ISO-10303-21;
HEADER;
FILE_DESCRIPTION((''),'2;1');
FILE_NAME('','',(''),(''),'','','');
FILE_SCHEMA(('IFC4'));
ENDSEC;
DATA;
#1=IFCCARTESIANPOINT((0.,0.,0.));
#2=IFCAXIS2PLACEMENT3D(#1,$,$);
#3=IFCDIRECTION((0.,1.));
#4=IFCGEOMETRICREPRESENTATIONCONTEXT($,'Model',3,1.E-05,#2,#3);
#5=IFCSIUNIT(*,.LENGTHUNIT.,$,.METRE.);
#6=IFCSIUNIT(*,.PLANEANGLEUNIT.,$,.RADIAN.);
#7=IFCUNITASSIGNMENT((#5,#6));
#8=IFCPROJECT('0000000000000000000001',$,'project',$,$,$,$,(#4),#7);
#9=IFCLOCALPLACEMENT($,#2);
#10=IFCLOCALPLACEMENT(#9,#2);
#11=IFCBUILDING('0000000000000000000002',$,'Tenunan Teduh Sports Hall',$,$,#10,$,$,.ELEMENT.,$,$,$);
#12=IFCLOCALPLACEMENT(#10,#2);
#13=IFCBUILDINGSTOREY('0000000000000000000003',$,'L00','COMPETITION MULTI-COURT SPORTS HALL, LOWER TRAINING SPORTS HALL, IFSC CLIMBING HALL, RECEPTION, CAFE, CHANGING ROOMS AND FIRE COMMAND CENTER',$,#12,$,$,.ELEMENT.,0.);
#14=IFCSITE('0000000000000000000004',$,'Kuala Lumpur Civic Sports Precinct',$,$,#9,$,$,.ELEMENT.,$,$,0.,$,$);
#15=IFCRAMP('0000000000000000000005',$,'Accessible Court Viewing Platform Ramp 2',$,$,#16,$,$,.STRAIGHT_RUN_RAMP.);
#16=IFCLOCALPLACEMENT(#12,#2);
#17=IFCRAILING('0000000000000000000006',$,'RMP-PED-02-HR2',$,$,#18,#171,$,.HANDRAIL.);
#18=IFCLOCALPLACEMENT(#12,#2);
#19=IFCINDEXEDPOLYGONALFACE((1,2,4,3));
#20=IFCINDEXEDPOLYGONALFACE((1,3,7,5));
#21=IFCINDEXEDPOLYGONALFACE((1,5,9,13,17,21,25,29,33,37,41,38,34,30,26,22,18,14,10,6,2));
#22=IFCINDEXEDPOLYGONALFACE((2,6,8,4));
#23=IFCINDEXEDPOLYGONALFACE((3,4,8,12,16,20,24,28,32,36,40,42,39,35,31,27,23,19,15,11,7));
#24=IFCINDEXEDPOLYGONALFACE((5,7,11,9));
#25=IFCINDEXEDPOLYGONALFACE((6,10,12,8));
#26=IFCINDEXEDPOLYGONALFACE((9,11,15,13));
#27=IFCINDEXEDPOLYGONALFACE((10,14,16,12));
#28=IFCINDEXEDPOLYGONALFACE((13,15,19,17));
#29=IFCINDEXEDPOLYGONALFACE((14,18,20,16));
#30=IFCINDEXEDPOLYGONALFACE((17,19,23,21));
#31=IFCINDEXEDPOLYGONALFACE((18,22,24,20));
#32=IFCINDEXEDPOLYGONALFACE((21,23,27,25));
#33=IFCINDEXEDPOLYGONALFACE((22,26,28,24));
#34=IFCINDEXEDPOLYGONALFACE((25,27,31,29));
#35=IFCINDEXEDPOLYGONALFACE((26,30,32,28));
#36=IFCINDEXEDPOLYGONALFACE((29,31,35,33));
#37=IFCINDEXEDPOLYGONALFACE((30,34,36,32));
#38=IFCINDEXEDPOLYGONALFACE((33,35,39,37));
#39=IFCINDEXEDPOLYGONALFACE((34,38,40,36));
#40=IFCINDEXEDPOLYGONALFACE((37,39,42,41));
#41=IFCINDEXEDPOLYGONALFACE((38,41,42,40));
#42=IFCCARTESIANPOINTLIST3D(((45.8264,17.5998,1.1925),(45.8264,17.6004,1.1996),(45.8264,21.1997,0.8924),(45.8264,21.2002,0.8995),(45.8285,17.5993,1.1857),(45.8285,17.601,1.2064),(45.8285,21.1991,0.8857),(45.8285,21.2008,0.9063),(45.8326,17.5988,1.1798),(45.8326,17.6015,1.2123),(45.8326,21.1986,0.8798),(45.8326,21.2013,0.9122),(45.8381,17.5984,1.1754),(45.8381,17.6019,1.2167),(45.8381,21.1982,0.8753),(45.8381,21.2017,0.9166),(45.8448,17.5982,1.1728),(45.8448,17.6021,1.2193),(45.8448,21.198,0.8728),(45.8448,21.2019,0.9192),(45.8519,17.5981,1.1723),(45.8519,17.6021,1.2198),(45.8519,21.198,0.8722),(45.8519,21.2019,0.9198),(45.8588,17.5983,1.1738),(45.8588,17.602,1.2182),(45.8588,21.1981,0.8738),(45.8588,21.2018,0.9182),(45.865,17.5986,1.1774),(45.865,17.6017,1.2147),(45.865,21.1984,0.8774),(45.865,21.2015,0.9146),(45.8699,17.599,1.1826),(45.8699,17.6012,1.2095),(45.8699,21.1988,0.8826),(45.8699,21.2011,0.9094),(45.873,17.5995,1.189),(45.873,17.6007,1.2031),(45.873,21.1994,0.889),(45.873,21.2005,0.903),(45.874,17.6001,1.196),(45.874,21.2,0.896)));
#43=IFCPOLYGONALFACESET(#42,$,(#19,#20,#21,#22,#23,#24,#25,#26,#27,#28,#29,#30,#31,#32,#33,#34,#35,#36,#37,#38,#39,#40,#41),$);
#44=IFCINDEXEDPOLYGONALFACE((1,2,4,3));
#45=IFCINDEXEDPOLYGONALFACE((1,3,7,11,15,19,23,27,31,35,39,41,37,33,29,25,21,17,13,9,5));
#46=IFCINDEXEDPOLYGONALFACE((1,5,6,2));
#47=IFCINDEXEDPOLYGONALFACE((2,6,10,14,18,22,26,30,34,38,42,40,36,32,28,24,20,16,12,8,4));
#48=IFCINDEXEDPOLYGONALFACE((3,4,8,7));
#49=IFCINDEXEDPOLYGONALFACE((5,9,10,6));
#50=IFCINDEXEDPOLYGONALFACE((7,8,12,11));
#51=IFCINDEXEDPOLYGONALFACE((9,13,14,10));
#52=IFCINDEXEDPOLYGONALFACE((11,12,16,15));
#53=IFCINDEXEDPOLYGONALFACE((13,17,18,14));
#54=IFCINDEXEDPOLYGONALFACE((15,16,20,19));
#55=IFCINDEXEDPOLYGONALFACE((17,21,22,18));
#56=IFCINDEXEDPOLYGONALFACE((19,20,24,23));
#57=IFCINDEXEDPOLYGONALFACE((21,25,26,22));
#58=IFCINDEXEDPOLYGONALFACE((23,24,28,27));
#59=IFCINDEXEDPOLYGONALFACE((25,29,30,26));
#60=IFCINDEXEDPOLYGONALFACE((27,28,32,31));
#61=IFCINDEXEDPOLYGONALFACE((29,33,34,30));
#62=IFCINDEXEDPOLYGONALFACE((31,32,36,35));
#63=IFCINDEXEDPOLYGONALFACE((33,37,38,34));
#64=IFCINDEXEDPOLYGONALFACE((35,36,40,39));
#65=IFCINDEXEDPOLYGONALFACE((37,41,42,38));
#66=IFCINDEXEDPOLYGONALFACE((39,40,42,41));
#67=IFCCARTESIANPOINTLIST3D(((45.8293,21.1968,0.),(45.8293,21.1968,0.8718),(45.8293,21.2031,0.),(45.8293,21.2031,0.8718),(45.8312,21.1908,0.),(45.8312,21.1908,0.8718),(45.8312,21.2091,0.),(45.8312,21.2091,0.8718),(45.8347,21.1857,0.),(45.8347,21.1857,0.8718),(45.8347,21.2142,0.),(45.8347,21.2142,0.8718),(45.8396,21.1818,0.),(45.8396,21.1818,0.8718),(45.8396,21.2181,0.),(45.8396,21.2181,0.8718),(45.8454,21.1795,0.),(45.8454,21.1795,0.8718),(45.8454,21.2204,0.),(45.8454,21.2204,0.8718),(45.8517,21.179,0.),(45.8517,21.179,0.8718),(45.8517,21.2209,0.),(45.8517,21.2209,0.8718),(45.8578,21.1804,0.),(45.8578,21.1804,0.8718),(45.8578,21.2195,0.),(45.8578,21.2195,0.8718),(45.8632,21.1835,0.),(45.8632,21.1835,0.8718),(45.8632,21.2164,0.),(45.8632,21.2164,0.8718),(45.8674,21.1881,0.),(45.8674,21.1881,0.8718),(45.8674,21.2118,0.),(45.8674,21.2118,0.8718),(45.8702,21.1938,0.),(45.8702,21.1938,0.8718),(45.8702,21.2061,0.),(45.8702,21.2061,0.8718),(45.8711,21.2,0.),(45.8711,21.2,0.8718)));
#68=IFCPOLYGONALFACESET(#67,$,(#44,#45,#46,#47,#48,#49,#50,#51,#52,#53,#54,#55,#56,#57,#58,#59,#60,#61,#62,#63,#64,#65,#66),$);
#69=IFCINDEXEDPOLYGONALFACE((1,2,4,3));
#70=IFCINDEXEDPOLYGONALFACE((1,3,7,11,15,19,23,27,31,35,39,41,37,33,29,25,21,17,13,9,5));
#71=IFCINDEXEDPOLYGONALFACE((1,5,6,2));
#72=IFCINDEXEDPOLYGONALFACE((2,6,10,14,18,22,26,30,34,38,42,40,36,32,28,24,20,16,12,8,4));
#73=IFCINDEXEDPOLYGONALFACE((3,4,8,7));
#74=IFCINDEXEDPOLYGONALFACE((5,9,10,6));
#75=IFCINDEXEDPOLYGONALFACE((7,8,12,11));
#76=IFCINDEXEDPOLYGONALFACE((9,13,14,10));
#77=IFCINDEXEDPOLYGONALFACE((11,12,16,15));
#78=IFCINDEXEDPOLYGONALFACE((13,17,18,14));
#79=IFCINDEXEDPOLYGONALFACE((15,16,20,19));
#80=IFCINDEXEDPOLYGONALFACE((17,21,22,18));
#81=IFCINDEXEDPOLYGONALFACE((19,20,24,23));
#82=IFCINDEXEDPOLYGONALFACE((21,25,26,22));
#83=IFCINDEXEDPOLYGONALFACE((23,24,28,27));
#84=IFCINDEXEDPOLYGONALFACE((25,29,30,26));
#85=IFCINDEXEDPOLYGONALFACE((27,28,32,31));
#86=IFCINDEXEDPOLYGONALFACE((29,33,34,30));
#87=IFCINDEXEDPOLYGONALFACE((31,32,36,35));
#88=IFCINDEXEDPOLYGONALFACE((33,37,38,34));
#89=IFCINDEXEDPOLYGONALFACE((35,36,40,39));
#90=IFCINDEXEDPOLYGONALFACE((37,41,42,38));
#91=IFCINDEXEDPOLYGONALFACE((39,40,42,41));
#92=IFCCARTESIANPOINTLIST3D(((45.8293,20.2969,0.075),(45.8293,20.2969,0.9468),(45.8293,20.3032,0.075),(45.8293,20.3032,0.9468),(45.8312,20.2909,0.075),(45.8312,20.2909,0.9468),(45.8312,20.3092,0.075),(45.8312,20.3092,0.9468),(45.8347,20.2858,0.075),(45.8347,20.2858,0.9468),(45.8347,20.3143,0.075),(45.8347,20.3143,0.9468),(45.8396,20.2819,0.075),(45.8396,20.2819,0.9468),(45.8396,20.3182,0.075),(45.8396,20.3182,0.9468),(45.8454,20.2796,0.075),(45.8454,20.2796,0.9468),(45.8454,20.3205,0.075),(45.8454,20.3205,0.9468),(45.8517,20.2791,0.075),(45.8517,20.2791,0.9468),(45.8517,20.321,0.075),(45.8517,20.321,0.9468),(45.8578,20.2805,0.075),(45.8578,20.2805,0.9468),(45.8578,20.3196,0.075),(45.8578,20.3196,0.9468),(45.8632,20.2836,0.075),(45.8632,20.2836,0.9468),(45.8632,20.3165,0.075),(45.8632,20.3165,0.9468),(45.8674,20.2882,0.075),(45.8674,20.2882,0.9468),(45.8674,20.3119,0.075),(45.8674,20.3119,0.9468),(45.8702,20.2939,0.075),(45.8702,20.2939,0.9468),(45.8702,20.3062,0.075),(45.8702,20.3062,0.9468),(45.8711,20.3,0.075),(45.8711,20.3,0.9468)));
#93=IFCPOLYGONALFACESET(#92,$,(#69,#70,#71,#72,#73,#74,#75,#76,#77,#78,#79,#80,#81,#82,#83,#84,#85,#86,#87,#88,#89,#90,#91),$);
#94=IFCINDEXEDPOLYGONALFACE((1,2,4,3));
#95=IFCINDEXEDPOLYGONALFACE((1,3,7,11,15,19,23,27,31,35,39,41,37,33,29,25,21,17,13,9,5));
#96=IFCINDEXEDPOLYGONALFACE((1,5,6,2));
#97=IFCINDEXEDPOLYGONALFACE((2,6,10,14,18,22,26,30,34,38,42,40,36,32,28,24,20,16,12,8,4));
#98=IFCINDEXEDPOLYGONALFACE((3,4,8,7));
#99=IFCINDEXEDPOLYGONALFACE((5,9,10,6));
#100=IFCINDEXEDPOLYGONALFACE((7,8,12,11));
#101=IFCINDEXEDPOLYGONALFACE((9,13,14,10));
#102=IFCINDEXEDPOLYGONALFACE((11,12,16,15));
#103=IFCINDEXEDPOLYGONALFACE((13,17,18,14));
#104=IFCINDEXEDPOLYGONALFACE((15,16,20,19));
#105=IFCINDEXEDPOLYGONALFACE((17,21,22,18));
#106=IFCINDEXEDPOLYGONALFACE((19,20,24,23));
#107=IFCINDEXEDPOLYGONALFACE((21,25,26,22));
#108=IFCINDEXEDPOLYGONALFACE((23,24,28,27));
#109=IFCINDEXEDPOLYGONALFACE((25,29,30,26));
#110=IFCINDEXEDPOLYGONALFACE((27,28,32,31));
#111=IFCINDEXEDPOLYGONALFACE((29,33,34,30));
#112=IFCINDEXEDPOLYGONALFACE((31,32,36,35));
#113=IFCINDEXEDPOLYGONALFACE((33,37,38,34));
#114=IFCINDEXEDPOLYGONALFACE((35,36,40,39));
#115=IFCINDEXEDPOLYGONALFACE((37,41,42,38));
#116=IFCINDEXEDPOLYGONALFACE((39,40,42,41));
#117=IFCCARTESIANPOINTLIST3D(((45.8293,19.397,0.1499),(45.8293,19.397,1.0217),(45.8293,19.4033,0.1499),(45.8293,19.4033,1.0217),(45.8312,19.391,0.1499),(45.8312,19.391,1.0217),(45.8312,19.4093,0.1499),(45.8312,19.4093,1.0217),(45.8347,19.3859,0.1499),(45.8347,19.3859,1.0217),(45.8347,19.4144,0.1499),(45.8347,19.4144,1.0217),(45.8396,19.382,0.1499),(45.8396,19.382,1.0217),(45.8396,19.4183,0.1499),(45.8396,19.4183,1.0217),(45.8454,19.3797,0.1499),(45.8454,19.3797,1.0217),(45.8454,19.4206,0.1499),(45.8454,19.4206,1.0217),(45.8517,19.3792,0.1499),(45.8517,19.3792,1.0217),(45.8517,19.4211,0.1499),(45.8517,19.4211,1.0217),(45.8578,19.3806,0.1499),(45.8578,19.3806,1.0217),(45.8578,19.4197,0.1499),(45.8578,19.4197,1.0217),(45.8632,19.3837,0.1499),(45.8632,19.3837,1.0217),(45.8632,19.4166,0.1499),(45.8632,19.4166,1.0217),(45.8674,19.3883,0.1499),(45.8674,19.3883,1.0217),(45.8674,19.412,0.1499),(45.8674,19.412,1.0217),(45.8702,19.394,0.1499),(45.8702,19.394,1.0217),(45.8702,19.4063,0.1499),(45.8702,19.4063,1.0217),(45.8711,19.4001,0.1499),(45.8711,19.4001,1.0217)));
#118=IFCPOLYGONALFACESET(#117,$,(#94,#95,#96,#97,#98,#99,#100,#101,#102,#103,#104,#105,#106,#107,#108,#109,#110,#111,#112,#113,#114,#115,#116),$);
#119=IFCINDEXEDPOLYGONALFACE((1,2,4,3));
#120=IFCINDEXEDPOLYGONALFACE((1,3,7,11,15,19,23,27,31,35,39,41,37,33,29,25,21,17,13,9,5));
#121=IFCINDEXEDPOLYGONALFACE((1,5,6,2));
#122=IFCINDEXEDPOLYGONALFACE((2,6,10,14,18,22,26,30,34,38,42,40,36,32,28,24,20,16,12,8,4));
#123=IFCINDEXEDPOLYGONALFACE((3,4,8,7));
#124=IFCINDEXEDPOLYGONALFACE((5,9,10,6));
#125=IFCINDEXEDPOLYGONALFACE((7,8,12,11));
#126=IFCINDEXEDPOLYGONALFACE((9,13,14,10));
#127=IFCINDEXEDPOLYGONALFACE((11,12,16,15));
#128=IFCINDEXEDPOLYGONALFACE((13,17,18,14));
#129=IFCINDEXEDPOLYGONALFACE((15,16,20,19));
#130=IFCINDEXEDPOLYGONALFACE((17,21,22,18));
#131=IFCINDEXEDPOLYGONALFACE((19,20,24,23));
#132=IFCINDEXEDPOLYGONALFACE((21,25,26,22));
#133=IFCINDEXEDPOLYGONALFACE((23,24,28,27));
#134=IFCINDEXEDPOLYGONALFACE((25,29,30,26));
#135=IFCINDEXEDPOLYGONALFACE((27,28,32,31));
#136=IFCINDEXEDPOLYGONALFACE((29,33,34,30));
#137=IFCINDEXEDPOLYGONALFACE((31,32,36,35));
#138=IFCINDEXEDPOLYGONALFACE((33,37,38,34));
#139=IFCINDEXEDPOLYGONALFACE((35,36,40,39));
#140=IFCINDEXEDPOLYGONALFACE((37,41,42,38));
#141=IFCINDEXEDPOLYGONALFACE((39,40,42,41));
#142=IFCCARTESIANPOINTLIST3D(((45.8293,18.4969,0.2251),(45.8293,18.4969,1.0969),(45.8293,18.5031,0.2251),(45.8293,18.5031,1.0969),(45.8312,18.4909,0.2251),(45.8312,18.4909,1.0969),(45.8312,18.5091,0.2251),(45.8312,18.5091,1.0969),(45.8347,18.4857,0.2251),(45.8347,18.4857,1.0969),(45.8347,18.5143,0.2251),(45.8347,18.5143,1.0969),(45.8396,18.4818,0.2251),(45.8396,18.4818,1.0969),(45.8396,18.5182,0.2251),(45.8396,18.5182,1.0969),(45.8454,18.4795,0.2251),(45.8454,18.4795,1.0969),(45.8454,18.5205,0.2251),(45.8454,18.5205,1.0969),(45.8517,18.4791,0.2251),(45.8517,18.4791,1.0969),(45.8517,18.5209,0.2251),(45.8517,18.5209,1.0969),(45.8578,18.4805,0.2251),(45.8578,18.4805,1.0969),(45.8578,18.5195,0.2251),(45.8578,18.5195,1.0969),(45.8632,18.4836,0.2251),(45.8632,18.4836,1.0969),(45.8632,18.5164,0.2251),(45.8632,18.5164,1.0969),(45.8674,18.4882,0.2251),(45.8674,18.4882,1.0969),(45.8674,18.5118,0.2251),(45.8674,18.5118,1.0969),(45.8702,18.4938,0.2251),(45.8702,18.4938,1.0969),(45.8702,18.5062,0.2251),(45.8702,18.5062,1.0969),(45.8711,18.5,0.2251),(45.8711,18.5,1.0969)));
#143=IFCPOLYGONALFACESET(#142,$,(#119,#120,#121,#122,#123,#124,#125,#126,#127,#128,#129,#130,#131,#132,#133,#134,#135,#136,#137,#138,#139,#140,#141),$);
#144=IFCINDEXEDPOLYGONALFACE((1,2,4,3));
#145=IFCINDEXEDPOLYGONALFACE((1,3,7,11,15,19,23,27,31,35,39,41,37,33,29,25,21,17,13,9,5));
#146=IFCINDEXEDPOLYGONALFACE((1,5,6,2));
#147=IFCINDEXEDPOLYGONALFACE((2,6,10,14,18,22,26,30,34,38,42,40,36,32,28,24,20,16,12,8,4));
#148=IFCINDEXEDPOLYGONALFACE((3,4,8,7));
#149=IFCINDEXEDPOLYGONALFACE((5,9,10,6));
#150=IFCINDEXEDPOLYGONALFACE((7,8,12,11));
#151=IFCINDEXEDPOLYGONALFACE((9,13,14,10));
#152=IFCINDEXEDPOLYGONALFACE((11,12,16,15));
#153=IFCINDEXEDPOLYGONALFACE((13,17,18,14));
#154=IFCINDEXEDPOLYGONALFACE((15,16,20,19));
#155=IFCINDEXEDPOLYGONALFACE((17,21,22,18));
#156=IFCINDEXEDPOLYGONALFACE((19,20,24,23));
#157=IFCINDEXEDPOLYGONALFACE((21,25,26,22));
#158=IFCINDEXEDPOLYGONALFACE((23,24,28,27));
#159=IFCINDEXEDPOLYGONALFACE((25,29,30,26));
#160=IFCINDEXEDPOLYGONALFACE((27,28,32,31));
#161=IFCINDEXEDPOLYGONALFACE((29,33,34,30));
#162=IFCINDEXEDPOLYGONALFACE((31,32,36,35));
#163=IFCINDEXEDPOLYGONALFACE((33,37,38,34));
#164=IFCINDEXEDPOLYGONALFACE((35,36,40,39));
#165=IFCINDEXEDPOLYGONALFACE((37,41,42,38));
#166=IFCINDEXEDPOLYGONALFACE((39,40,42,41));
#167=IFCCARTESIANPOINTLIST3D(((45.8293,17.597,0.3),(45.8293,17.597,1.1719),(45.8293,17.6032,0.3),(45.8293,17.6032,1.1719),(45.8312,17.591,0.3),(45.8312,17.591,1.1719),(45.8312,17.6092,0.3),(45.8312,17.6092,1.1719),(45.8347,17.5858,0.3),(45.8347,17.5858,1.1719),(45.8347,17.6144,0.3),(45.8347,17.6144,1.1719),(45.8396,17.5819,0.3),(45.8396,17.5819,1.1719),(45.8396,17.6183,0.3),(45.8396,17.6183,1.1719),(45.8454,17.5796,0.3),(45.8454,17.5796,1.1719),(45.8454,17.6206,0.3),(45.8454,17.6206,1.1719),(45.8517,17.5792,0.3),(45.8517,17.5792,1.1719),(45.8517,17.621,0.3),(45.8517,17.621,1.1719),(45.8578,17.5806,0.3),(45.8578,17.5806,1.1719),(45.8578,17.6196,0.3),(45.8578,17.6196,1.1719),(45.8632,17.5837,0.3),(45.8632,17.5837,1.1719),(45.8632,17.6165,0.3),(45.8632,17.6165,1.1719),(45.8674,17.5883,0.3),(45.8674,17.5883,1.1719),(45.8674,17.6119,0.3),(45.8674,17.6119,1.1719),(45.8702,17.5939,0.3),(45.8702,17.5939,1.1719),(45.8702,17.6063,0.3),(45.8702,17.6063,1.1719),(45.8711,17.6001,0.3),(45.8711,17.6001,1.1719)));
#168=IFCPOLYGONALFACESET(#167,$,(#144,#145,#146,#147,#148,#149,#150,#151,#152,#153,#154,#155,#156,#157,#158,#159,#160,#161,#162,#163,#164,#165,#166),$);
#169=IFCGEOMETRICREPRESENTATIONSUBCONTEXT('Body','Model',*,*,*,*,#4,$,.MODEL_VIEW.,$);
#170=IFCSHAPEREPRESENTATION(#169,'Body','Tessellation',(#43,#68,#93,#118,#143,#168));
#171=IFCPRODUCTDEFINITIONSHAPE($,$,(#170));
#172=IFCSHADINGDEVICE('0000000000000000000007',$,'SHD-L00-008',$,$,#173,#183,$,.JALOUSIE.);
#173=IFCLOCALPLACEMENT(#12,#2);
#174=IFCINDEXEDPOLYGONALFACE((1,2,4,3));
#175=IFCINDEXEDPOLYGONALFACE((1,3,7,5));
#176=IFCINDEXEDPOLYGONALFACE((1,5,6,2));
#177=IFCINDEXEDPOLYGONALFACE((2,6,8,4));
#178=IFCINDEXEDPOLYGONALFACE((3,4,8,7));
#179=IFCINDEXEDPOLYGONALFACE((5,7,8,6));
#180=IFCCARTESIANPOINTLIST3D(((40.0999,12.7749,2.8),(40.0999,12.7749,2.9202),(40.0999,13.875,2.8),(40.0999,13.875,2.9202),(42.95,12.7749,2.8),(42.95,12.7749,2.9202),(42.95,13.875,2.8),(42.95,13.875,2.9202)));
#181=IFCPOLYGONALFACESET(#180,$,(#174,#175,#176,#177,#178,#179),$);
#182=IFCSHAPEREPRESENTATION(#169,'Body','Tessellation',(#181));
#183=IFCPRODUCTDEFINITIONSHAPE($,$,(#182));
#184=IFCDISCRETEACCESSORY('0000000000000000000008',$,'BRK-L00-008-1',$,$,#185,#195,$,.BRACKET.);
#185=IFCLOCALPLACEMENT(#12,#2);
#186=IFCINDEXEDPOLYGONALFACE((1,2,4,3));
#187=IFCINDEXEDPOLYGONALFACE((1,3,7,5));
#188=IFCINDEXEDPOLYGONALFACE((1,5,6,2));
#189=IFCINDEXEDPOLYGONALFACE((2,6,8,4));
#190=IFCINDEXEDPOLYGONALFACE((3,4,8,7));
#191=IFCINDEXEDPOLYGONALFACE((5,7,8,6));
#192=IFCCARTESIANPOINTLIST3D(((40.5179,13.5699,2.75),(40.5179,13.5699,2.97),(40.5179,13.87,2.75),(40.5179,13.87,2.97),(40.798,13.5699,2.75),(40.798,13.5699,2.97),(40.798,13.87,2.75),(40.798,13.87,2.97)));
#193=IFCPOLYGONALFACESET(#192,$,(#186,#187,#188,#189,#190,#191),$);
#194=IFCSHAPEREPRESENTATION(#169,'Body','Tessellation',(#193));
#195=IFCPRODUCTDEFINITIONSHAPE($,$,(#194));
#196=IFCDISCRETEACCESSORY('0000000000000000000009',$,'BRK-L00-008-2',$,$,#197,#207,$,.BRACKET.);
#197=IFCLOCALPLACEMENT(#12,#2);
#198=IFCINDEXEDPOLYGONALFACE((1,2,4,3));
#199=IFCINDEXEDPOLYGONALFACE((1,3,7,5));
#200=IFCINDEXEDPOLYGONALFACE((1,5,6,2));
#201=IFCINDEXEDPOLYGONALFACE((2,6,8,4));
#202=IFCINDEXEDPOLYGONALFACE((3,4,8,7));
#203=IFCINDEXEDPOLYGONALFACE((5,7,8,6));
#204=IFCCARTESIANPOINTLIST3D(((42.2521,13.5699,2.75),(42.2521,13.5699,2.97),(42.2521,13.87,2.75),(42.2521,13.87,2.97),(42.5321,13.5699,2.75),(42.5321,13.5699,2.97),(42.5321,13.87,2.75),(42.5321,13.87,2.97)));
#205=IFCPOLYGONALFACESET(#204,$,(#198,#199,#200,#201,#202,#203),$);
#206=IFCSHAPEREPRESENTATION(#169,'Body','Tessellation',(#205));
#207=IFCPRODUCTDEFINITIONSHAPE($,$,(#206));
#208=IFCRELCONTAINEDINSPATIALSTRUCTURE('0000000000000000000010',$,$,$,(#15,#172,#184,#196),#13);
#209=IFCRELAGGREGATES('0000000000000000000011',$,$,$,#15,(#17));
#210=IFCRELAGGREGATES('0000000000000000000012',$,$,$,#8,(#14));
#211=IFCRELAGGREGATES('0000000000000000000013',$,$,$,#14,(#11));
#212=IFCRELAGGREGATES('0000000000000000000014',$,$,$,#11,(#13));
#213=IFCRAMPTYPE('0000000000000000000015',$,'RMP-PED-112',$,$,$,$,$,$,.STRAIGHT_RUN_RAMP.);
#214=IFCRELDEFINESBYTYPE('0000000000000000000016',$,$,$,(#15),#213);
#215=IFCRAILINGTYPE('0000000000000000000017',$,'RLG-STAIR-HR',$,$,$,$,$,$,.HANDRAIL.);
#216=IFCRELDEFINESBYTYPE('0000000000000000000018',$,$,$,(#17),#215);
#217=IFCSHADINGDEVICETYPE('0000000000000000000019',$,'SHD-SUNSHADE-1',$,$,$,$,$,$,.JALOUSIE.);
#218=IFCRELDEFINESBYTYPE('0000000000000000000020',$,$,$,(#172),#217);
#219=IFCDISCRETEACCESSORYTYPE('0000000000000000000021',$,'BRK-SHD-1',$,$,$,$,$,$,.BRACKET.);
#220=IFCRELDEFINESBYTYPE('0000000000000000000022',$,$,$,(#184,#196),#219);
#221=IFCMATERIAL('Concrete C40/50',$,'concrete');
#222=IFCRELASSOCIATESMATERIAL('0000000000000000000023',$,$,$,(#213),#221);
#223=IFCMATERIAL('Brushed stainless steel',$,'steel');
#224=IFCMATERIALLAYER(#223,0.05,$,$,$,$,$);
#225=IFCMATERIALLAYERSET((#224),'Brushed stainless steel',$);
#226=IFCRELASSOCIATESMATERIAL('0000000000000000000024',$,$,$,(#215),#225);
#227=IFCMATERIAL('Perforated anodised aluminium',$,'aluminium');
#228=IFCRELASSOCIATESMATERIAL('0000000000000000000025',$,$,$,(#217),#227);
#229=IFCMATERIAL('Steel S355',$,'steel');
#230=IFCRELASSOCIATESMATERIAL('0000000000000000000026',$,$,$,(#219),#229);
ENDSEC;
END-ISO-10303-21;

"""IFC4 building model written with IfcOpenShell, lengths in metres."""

from ifc_helpers import new_model, si_unit, direction, frame, origin, origin_2d, place, context, subcontext, project, spatial, rectangle, circle, extrude, material, layer, layer_set, type_object, element, aggregate, save


model = new_model("IFC4")

# Units and contexts
model_context = context("Model", 3, precision=1e-05, world=origin(), true_north=direction((0.0, 1.0)))
body_context = subcontext(model_context, "Body", "Model", "MODEL_VIEW")
ifc_project = project(units=[si_unit("LENGTHUNIT", "METRE"), si_unit("PLANEANGLEUNIT", "RADIAN")], contexts=[model_context])

# Site, building, storey
site_placement = place(None, origin())
site = spatial("IfcSite", under=ifc_project, at=site_placement, Name="Kuala Lumpur Civic Sports Precinct", CompositionType="ELEMENT", RefElevation=0.0)
building_placement = place(site_placement, origin())
building = spatial("IfcBuilding", under=site, at=building_placement, Name="Tenunan Teduh Sports Hall", CompositionType="ELEMENT")
storey_placement = place(building_placement, origin())
storey = spatial("IfcBuildingStorey", under=building, at=storey_placement, Name="L00", Description="COMPETITION MULTI-COURT SPORTS HALL, LOWER TRAINING SPORTS HALL, IFSC CLIMBING HALL, RECEPTION, CAFE, CHANGING ROOMS AND FIRE COMMAND CENTER", CompositionType="ELEMENT", Elevation=0.0)

# Ramp
ifc_material_1 = material(Name="Concrete C40/50", Category="concrete")
ramp_type = type_object("IfcRampType", Name="RMP-PED-112", PredefinedType="STRAIGHT_RUN_RAMP", material=ifc_material_1)
ramp_placement = place(storey_placement, origin())
ramp = element("IfcRamp", 1, at=ramp_placement, inside=storey, type_object=ramp_type, Name="Accessible Court Viewing Platform Ramp 2", PredefinedType="STRAIGHT_RUN_RAMP")

# Railing
ifc_material_2 = material(Name="Brushed stainless steel", Category="steel")
ifc_layer_1 = layer(ifc_material_2, 0.05)
ifc_layer_set_1 = layer_set([ifc_layer_1], Name="Brushed stainless steel")
railing_type = type_object("IfcRailingType", Name="RLG-STAIR-HR", PredefinedType="HANDRAIL", material=ifc_layer_set_1)
railing_1_placement = place(storey_placement, frame((45.8501, 21.2, 0.0)))
railing_1 = element("IfcRailing", 2, at=railing_1_placement, type_object=railing_type, Name="RMP-PED-02-HR2", PredefinedType="HANDRAIL", context=body_context, shape_type="SweptSolid", body=[
    extrude(circle(Radius=0.0239, at=origin_2d()), frame((0.0, 0.0, 0.896), z_axis=(0.0, -0.996544, 0.083062), x_axis=(1.0, 0.0, 0.0)), (0.0, 0.0, 1.0), 3.6123),
    extrude(circle(Radius=0.021, at=origin_2d()), origin(), (0.0, 0.0, 1.0), 0.8718),
    extrude(circle(Radius=0.021, at=origin_2d()), frame((0.0, -0.8999, 0.075)), (0.0, 0.0, 1.0), 0.8718),
    extrude(circle(Radius=0.021, at=origin_2d()), frame((0.0, -1.7998, 0.1499)), (0.0, 0.0, 1.0), 0.8718),
    extrude(circle(Radius=0.021, at=origin_2d()), frame((0.0, -2.7, 0.2251)), (0.0, 0.0, 1.0), 0.8718),
    extrude(circle(Radius=0.021, at=origin_2d()), frame((0.0, -3.5999, 0.3)), (0.0, 0.0, 1.0), 0.8718),
])
aggregate(ramp, [railing_1])

# Shading device
ifc_material_3 = material(Name="Perforated anodised aluminium", Category="aluminium")
shading_device_type = type_object("IfcShadingDeviceType", Name="SHD-SUNSHADE-1", PredefinedType="JALOUSIE", material=ifc_material_3)
shading_device_placement = place(storey_placement, frame((41.5249, 13.325, 2.8), z_axis=(0.0, 0.0, 1.0), x_axis=(1.0, 0.0, 0.0)))
element("IfcShadingDevice", 3, at=shading_device_placement, inside=storey, type_object=shading_device_type, Name="SHD-L00-008", PredefinedType="JALOUSIE", context=body_context, shape_type="SweptSolid", body=[
    extrude(rectangle(XDim=2.8501, YDim=1.1001, at=origin_2d()), origin(), (0.0, 0.0, 1.0), 0.1201),
])

# Discrete accessories
ifc_material_4 = material(Name="Steel S355", Category="steel")
discrete_accessory_type = type_object("IfcDiscreteAccessoryType", Name="BRK-SHD-1", PredefinedType="BRACKET", material=ifc_material_4)
for number, where, z_axis, x_axis, name in (
    (4, (40.658, 13.72, 2.75), (0.0, 0.0, 1.0), (1.0, 0.0, 0.0), "BRK-L00-008-1"),
    (5, (42.3921, 13.72, 2.75), (0.0, 0.0, 1.0), (1.0, 0.0, 0.0), "BRK-L00-008-2"),
):
    element("IfcDiscreteAccessory", number, at=place(storey_placement, frame(where, z_axis=z_axis, x_axis=x_axis)), inside=storey, type_object=discrete_accessory_type, Name=name, PredefinedType="BRACKET", context=body_context, shape_type="SweptSolid", body=[
        extrude(rectangle(XDim=0.28, YDim=0.3, at=origin_2d()), origin(), (0.0, 0.0, 1.0), 0.22),
    ])

save(model, "model.ifc")
